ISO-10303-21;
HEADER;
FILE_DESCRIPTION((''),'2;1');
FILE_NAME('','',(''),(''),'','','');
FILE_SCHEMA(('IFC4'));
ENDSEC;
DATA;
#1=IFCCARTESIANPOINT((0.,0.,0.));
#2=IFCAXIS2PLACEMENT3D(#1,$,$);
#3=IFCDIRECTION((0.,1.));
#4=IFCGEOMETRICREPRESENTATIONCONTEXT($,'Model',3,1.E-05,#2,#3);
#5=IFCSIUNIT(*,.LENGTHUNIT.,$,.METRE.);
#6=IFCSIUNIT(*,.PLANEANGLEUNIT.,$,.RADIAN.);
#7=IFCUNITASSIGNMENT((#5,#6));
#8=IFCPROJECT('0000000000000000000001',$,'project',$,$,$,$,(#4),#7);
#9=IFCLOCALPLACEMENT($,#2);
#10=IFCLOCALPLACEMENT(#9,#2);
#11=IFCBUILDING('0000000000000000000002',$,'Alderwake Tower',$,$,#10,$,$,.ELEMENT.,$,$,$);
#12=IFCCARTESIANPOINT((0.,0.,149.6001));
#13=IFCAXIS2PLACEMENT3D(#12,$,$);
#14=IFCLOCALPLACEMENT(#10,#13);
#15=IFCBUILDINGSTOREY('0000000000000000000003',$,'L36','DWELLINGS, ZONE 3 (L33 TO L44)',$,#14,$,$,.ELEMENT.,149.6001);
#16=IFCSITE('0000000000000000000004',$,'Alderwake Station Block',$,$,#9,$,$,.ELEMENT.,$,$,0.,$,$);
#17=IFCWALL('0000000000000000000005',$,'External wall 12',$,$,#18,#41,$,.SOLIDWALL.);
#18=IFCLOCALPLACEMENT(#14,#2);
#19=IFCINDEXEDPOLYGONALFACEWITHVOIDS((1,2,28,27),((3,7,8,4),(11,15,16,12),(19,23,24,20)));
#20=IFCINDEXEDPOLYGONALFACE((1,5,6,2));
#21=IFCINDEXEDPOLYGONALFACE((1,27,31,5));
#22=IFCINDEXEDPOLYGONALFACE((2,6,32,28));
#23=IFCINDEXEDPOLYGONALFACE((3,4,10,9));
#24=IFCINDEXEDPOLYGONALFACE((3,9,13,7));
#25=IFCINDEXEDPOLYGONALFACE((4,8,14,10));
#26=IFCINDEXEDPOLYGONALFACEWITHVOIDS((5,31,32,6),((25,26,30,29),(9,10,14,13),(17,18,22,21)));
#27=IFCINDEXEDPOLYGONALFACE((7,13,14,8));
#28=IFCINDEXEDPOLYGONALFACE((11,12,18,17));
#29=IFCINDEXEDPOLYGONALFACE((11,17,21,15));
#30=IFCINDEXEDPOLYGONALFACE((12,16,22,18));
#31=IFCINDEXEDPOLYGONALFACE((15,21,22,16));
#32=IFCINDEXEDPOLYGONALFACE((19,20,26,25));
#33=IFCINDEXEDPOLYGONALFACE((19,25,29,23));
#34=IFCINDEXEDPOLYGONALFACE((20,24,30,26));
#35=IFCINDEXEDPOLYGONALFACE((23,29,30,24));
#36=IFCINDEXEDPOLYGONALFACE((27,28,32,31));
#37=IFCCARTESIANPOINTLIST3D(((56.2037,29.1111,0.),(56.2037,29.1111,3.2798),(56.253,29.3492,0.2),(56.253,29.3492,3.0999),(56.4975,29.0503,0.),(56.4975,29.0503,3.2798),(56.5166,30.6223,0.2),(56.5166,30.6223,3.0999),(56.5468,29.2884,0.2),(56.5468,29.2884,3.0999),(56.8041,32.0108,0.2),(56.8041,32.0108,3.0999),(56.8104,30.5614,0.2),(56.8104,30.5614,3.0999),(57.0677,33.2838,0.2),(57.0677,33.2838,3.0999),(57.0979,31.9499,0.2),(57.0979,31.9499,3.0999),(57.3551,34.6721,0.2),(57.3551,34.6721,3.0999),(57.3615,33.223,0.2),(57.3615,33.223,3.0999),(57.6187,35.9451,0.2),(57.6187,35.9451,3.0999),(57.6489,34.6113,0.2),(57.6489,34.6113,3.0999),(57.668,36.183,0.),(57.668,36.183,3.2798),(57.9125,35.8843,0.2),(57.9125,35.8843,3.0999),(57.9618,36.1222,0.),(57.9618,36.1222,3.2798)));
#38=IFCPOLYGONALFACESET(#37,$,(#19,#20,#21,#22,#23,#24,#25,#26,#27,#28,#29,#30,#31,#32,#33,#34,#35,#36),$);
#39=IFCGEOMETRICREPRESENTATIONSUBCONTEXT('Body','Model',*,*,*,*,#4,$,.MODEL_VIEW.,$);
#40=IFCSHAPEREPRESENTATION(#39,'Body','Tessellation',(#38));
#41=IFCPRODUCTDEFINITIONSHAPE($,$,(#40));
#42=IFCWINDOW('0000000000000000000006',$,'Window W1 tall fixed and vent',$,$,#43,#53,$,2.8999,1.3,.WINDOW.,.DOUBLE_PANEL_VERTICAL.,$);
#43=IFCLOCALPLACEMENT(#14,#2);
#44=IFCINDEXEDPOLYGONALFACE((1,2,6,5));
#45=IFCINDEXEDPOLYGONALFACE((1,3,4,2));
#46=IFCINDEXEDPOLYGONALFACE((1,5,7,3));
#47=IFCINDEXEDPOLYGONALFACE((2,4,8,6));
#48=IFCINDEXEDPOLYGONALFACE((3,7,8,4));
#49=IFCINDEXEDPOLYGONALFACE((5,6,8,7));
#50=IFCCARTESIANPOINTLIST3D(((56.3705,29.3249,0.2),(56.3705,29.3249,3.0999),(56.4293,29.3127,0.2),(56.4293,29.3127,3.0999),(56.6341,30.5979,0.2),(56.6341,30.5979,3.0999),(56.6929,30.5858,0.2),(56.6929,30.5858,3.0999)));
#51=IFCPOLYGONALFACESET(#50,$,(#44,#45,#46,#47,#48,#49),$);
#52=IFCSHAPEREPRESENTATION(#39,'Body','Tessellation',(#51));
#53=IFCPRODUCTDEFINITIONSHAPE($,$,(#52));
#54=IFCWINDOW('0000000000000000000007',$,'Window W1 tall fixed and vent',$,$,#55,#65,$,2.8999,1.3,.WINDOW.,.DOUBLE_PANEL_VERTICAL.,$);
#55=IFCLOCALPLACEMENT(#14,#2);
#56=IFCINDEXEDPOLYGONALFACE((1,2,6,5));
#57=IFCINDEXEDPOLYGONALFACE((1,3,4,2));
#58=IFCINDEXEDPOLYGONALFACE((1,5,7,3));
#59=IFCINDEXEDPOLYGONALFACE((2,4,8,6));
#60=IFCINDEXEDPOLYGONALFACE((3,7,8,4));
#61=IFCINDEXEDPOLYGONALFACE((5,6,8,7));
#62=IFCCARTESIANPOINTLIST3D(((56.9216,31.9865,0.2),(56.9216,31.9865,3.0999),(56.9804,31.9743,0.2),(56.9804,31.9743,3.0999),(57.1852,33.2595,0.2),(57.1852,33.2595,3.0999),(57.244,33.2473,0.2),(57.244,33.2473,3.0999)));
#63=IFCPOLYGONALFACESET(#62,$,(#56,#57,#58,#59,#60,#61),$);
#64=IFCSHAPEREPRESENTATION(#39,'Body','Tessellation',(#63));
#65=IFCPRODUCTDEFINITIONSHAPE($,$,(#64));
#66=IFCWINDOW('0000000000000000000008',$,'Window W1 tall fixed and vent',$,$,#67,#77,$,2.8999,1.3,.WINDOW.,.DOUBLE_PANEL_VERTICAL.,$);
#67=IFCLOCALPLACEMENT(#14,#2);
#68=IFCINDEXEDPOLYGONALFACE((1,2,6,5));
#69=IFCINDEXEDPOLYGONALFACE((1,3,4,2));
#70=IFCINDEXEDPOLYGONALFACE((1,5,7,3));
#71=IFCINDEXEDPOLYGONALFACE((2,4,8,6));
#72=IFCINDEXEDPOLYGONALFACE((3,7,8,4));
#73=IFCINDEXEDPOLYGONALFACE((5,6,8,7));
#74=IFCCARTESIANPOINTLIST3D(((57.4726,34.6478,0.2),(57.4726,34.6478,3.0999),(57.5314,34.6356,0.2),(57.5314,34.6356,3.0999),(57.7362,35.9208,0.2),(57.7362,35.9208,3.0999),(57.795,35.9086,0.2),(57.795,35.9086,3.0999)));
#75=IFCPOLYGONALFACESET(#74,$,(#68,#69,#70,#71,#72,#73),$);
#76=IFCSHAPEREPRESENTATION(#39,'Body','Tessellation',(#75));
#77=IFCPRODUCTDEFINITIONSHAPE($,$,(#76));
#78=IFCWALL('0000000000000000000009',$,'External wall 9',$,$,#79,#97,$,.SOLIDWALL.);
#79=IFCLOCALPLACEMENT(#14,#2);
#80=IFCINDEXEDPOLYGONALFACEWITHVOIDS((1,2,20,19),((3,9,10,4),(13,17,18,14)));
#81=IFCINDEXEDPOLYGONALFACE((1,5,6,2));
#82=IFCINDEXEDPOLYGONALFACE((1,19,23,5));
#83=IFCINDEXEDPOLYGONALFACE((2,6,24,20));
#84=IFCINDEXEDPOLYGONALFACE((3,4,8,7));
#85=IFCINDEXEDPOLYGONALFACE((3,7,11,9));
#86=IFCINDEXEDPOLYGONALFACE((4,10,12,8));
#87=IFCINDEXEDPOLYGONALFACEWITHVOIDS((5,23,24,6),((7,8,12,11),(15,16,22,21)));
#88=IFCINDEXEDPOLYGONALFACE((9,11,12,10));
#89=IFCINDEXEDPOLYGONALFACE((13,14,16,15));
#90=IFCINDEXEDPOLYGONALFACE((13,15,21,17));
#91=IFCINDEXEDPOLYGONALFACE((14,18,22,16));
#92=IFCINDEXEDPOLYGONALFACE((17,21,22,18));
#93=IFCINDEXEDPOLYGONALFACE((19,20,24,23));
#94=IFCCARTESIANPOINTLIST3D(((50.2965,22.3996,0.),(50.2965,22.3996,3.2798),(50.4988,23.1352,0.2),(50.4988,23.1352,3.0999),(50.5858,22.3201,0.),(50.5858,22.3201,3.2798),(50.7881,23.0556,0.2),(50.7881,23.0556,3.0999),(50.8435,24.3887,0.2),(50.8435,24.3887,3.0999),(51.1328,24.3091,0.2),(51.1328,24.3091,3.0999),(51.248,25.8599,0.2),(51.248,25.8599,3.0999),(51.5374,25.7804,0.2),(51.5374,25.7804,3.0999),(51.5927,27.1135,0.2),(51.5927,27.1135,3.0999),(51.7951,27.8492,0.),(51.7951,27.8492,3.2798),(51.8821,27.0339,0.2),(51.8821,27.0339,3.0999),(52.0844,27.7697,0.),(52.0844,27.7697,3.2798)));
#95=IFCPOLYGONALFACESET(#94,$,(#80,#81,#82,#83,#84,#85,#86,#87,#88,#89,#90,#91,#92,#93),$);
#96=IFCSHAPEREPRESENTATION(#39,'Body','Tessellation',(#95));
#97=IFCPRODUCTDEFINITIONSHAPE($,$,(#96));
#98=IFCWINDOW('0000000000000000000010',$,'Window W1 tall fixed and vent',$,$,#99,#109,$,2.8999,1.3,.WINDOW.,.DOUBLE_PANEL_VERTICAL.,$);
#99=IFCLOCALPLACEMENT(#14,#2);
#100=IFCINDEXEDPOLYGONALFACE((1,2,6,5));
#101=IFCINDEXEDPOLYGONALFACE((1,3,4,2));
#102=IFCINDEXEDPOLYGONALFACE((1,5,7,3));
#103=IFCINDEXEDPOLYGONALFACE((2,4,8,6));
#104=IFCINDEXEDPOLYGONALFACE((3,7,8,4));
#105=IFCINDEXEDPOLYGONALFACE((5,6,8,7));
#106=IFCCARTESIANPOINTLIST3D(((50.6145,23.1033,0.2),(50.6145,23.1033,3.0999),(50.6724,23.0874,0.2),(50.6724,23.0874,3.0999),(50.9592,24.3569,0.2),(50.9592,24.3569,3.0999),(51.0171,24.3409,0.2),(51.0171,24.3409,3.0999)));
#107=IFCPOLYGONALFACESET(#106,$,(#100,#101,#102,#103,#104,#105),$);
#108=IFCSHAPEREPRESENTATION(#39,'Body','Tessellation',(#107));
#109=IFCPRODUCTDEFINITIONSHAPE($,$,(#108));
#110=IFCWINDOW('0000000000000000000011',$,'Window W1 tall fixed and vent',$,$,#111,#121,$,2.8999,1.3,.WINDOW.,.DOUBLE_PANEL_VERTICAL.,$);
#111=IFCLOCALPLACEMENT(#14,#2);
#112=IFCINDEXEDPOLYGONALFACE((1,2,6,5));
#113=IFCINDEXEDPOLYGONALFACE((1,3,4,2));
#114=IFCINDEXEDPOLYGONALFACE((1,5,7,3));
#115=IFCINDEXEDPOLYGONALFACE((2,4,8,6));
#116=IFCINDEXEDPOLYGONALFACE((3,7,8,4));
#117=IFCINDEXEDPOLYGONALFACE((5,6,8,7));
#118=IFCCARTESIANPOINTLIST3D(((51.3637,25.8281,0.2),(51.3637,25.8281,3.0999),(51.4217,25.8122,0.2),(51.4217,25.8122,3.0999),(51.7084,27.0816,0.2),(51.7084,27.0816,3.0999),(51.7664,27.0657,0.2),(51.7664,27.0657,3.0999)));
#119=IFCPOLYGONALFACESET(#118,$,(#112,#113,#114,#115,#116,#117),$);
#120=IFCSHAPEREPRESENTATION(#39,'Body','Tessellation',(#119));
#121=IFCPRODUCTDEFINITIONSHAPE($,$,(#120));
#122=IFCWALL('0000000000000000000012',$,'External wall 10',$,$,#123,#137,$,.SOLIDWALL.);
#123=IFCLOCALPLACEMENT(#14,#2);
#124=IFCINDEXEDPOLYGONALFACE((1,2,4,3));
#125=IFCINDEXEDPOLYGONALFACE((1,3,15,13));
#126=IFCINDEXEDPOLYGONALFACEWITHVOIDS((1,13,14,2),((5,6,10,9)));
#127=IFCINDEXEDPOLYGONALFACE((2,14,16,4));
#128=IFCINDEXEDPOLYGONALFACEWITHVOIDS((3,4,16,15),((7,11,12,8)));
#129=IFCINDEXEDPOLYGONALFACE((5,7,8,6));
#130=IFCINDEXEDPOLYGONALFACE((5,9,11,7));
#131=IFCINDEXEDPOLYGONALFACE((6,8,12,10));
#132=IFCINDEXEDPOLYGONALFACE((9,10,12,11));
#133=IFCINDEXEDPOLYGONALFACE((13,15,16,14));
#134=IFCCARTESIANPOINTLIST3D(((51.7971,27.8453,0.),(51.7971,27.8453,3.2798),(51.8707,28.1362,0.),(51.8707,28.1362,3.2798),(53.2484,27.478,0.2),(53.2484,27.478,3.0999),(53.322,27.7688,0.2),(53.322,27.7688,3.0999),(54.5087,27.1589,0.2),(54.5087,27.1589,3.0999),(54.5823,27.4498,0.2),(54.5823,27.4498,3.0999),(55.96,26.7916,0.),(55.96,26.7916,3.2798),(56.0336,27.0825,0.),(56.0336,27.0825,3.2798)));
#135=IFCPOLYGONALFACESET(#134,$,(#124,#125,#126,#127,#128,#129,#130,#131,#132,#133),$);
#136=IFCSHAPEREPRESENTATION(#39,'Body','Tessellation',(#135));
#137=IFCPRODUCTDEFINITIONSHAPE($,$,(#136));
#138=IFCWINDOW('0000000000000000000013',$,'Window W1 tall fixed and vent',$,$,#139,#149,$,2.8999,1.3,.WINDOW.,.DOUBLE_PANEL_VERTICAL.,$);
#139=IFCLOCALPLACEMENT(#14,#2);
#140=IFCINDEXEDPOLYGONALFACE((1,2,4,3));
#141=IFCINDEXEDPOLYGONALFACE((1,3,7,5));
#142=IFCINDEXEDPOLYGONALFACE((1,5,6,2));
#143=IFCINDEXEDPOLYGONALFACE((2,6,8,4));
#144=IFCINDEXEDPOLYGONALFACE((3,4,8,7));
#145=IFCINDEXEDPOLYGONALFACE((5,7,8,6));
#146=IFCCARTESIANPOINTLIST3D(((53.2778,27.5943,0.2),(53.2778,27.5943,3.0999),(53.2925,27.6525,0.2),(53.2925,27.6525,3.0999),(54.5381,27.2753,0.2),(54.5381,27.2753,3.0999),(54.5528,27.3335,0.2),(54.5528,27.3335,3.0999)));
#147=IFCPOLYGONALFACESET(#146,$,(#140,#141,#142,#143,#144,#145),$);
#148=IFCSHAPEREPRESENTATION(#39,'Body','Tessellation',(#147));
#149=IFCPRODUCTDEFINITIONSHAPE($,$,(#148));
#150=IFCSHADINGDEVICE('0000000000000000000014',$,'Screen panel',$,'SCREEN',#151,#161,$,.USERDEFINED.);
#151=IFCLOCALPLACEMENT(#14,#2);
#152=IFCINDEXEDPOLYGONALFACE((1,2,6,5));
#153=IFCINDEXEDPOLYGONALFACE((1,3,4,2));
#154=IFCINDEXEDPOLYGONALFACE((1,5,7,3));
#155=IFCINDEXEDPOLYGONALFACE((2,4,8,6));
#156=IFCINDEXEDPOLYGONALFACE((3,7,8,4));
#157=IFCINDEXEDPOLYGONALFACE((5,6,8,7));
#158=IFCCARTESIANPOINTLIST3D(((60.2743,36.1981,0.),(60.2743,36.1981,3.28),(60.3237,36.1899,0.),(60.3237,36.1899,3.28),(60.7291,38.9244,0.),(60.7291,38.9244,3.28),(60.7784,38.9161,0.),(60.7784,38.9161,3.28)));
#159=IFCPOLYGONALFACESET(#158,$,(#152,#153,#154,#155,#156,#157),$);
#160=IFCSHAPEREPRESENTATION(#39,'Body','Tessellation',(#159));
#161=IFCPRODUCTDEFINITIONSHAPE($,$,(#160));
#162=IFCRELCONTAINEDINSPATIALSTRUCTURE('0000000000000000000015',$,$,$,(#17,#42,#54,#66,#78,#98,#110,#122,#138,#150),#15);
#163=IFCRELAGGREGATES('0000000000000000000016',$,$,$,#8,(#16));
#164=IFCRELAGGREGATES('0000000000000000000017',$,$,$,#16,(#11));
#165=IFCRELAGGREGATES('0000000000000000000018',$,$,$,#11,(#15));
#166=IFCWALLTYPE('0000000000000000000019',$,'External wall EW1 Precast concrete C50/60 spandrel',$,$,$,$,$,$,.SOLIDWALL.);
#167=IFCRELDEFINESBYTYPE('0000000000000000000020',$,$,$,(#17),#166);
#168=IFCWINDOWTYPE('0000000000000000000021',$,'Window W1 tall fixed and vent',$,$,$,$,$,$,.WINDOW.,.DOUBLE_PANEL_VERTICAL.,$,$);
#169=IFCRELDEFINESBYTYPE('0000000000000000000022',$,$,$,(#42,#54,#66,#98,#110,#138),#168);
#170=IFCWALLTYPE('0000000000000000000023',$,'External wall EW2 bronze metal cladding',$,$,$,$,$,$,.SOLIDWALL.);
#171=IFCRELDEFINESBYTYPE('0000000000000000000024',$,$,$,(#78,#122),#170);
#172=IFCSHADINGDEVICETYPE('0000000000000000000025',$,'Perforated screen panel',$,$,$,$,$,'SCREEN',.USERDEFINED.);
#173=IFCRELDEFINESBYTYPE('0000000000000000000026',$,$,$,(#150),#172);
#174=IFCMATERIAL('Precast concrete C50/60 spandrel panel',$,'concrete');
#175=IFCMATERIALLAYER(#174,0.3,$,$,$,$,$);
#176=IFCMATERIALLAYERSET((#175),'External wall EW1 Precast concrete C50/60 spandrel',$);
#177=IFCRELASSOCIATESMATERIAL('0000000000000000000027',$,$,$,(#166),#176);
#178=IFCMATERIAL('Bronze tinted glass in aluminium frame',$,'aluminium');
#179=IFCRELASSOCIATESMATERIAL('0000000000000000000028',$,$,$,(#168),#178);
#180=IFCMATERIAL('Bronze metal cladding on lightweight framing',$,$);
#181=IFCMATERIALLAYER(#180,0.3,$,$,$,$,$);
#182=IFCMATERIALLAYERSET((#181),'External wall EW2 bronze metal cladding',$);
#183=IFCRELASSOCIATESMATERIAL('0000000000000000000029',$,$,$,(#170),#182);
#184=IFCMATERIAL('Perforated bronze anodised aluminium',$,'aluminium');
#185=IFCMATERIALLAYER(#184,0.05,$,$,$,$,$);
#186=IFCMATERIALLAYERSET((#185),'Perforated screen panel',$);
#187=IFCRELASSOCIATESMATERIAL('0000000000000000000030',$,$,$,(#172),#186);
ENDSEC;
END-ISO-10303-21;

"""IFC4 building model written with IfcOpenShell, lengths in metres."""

from ifc_helpers import new_model, si_unit, direction, frame, frame_2d, origin, origin_2d, place, context, subcontext, project, spatial, rectangle, extrude, material, layer, layer_set, type_object, element, fill, save


model = new_model("IFC4")

# Units and contexts
model_context = context("Model", 3, precision=1e-05, world=origin(), true_north=direction((0.0, 1.0)))
body_context = subcontext(model_context, "Body", "Model", "MODEL_VIEW")
ifc_project = project(units=[si_unit("LENGTHUNIT", "METRE"), si_unit("PLANEANGLEUNIT", "RADIAN")], contexts=[model_context])

# Site, building, storey
site_placement = place(None, origin())
site = spatial("IfcSite", under=ifc_project, at=site_placement, Name="Alderwake Station Block", CompositionType="ELEMENT", RefElevation=0.0)
building_placement = place(site_placement, origin())
building = spatial("IfcBuilding", under=site, at=building_placement, Name="Alderwake Tower", CompositionType="ELEMENT")
storey_placement = place(building_placement, frame((0.0, 0.0, 149.6001)))
storey = spatial("IfcBuildingStorey", under=building, at=storey_placement, Name="L36", Description="DWELLINGS, ZONE 3 (L33 TO L44)", CompositionType="ELEMENT", Elevation=149.6001)

# Shared definitions
ifc_material_1 = material(Name="Precast concrete C50/60 spandrel panel", Category="concrete")
ifc_layer_1 = layer(ifc_material_1, 0.3)
ifc_layer_set_1 = layer_set([ifc_layer_1], Name="External wall EW1 Precast concrete C50/60 spandrel")
wall_type_1 = type_object("IfcWallType", Name="External wall EW1 Precast concrete C50/60 spandrel", PredefinedType="SOLIDWALL", material=ifc_layer_set_1)

# Wall, openings, windows
wall_1_placement = place(storey_placement, frame((56.3506, 29.0808, 0.0), z_axis=(0.0, 0.0, 1.0), x_axis=(0.202762, 0.979228, 0.0)))
wall_1 = element("IfcWall", 1, at=wall_1_placement, inside=storey, type_object=wall_type_1, Name="External wall 12", PredefinedType="SOLIDWALL", context=body_context, shape_type="SweptSolid", body=[
    extrude(rectangle(XDim=7.2219, YDim=0.3, at=frame_2d((3.6108, 0.0))), origin(), (0.0, 0.0, 1.0), 3.2798),
])
opening_1_placement = place(wall_1_placement, frame((0.2432, 0.0, 0.2)))
opening_1 = element("IfcOpeningElement", 2, at=opening_1_placement, cuts=wall_1, PredefinedType="OPENING", context=body_context, shape_type="SweptSolid", body=[
    extrude(rectangle(XDim=1.3, YDim=2.8999, at=frame_2d((0.6499, 1.45))), frame((0.0, 0.1599, 0.0), z_axis=(0.0, -1.0, 0.0), x_axis=(1.0, 0.0, 0.0)), (0.0, 0.0, 1.0), 0.3201),
])
opening_2_placement = place(wall_1_placement, frame((2.9612, 0.0, 0.2)))
opening_2 = element("IfcOpeningElement", 3, at=opening_2_placement, cuts=wall_1, PredefinedType="OPENING", context=body_context, shape_type="SweptSolid", body=[
    extrude(rectangle(XDim=1.3, YDim=2.8999, at=frame_2d((0.6499, 1.45))), frame((0.0, 0.1599, 0.0), z_axis=(0.0, -1.0, 0.0), x_axis=(1.0, 0.0, 0.0)), (0.0, 0.0, 1.0), 0.3201),
])
opening_3_placement = place(wall_1_placement, frame((5.679, 0.0, 0.2)))
opening_3 = element("IfcOpeningElement", 4, at=opening_3_placement, cuts=wall_1, PredefinedType="OPENING", context=body_context, shape_type="SweptSolid", body=[
    extrude(rectangle(XDim=1.3, YDim=2.8999, at=frame_2d((0.6499, 1.45))), frame((0.0, 0.1599, 0.0), z_axis=(0.0, -1.0, 0.0), x_axis=(1.0, 0.0, 0.0)), (0.0, 0.0, 1.0), 0.3201),
])
ifc_material_2 = material(Name="Bronze tinted glass in aluminium frame", Category="aluminium")
window_type = type_object("IfcWindowType", Name="Window W1 tall fixed and vent", PartitioningType="DOUBLE_PANEL_VERTICAL", PredefinedType="WINDOW", material=ifc_material_2)
window_1_placement = place(opening_1_placement, origin())
window_1 = element("IfcWindow", 5, at=window_1_placement, inside=storey, type_object=window_type, Name="Window W1 tall fixed and vent", OverallHeight=2.8999, OverallWidth=1.3, PartitioningType="DOUBLE_PANEL_VERTICAL", PredefinedType="WINDOW", context=body_context, shape_type="SweptSolid", body=[
    extrude(rectangle(XDim=1.3, YDim=2.8999, at=frame_2d((0.6499, 1.45))), frame((0.0, 0.03, 0.0), z_axis=(0.0, -1.0, 0.0), x_axis=(1.0, 0.0, 0.0)), (0.0, 0.0, 1.0), 0.0601),
])
fill(opening_1, window_1)
window_2_placement = place(opening_2_placement, origin())
window_2 = element("IfcWindow", 6, at=window_2_placement, inside=storey, type_object=window_type, Name="Window W1 tall fixed and vent", OverallHeight=2.8999, OverallWidth=1.3, PartitioningType="DOUBLE_PANEL_VERTICAL", PredefinedType="WINDOW", context=body_context, shape_type="SweptSolid", body=[
    extrude(rectangle(XDim=1.3, YDim=2.8999, at=frame_2d((0.6499, 1.45))), frame((0.0, 0.03, 0.0), z_axis=(0.0, -1.0, 0.0), x_axis=(1.0, 0.0, 0.0)), (0.0, 0.0, 1.0), 0.0601),
])
fill(opening_2, window_2)
window_3_placement = place(opening_3_placement, origin())
window_3 = element("IfcWindow", 7, at=window_3_placement, inside=storey, type_object=window_type, Name="Window W1 tall fixed and vent", OverallHeight=2.8999, OverallWidth=1.3, PartitioningType="DOUBLE_PANEL_VERTICAL", PredefinedType="WINDOW", context=body_context, shape_type="SweptSolid", body=[
    extrude(rectangle(XDim=1.3, YDim=2.8999, at=frame_2d((0.6499, 1.45))), frame((0.0, 0.03, 0.0), z_axis=(0.0, -1.0, 0.0), x_axis=(1.0, 0.0, 0.0)), (0.0, 0.0, 1.0), 0.0601),
])
fill(opening_3, window_3)

# Wall, openings, windows
ifc_material_3 = material(Name="Bronze metal cladding on lightweight framing")
ifc_layer_2 = layer(ifc_material_3, 0.3)
ifc_layer_set_2 = layer_set([ifc_layer_2], Name="External wall EW2 bronze metal cladding")
wall_type_2 = type_object("IfcWallType", Name="External wall EW2 bronze metal cladding", PredefinedType="SOLIDWALL", material=ifc_layer_set_2)
wall_2_placement = place(storey_placement, frame((50.4412, 22.3599, 0.0), z_axis=(0.0, 0.0, 1.0), x_axis=(0.265145, 0.964208, 0.0)))
wall_2 = element("IfcWall", 8, at=wall_2_placement, inside=storey, type_object=wall_type_2, Name="External wall 9", PredefinedType="SOLIDWALL", context=body_context, shape_type="SweptSolid", body=[
    extrude(rectangle(XDim=5.6519, YDim=0.3, at=frame_2d((2.8259, 0.0))), origin(), (0.0, 0.0, 1.0), 3.2798),
])
opening_4_placement = place(wall_2_placement, frame((0.7629, 0.0, 0.2)))
opening_4 = element("IfcOpeningElement", 9, at=opening_4_placement, cuts=wall_2, PredefinedType="OPENING", context=body_context, shape_type="SweptSolid", body=[
    extrude(rectangle(XDim=1.3, YDim=2.8999, at=frame_2d((0.6499, 1.45))), frame((0.0, 0.1599, 0.0), z_axis=(0.0, -1.0, 0.0), x_axis=(1.0, 0.0, 0.0)), (0.0, 0.0, 1.0), 0.3201),
])
opening_5_placement = place(wall_2_placement, frame((3.5889, 0.0, 0.2)))
opening_5 = element("IfcOpeningElement", 10, at=opening_5_placement, cuts=wall_2, PredefinedType="OPENING", context=body_context, shape_type="SweptSolid", body=[
    extrude(rectangle(XDim=1.3, YDim=2.8999, at=frame_2d((0.6499, 1.45))), frame((0.0, 0.1599, 0.0), z_axis=(0.0, -1.0, 0.0), x_axis=(1.0, 0.0, 0.0)), (0.0, 0.0, 1.0), 0.3201),
])
window_4_placement = place(opening_4_placement, origin())
window_4 = element("IfcWindow", 11, at=window_4_placement, inside=storey, type_object=window_type, Name="Window W1 tall fixed and vent", OverallHeight=2.8999, OverallWidth=1.3, PartitioningType="DOUBLE_PANEL_VERTICAL", PredefinedType="WINDOW", context=body_context, shape_type="SweptSolid", body=[
    extrude(rectangle(XDim=1.3, YDim=2.8999, at=frame_2d((0.6499, 1.45))), frame((0.0, 0.03, 0.0), z_axis=(0.0, -1.0, 0.0), x_axis=(1.0, 0.0, 0.0)), (0.0, 0.0, 1.0), 0.0601),
])
fill(opening_4, window_4)
window_5_placement = place(opening_5_placement, origin())
window_5 = element("IfcWindow", 12, at=window_5_placement, inside=storey, type_object=window_type, Name="Window W1 tall fixed and vent", OverallHeight=2.8999, OverallWidth=1.3, PartitioningType="DOUBLE_PANEL_VERTICAL", PredefinedType="WINDOW", context=body_context, shape_type="SweptSolid", body=[
    extrude(rectangle(XDim=1.3, YDim=2.8999, at=frame_2d((0.6499, 1.45))), frame((0.0, 0.03, 0.0), z_axis=(0.0, -1.0, 0.0), x_axis=(1.0, 0.0, 0.0)), (0.0, 0.0, 1.0), 0.0601),
])
fill(opening_5, window_5)

# Wall, opening, window
wall_3_placement = place(storey_placement, frame((51.834, 27.9907, 0.0), z_axis=(0.0, 0.0, 1.0), x_axis=(0.969426, -0.245384, 0.0)))
wall_3 = element("IfcWall", 13, at=wall_3_placement, inside=storey, type_object=wall_type_2, Name="External wall 10", PredefinedType="SOLIDWALL", context=body_context, shape_type="SweptSolid", body=[
    extrude(rectangle(XDim=4.2942, YDim=0.3, at=frame_2d((2.147, 0.0))), origin(), (0.0, 0.0, 1.0), 3.2798),
])
opening_6_placement = place(wall_3_placement, frame((1.4971, 0.0, 0.2)))
opening_6 = element("IfcOpeningElement", 14, at=opening_6_placement, cuts=wall_3, PredefinedType="OPENING", context=body_context, shape_type="SweptSolid", body=[
    extrude(rectangle(XDim=1.3, YDim=2.8999, at=frame_2d((0.6499, 1.45))), frame((0.0, 0.1599, 0.0), z_axis=(0.0, -1.0, 0.0), x_axis=(1.0, 0.0, 0.0)), (0.0, 0.0, 1.0), 0.3201),
])
window_6_placement = place(opening_6_placement, origin())
window_6 = element("IfcWindow", 15, at=window_6_placement, inside=storey, type_object=window_type, Name="Window W1 tall fixed and vent", OverallHeight=2.8999, OverallWidth=1.3, PartitioningType="DOUBLE_PANEL_VERTICAL", PredefinedType="WINDOW", context=body_context, shape_type="SweptSolid", body=[
    extrude(rectangle(XDim=1.3, YDim=2.8999, at=frame_2d((0.6499, 1.45))), frame((0.0, 0.03, 0.0), z_axis=(0.0, -1.0, 0.0), x_axis=(1.0, 0.0, 0.0)), (0.0, 0.0, 1.0), 0.0601),
])
fill(opening_6, window_6)

# Shading device
ifc_material_4 = material(Name="Perforated bronze anodised aluminium", Category="aluminium")
ifc_layer_3 = layer(ifc_material_4, 0.05)
ifc_layer_set_3 = layer_set([ifc_layer_3], Name="Perforated screen panel")
shading_device_type = type_object("IfcShadingDeviceType", Name="Perforated screen panel", ElementType="SCREEN", PredefinedType="USERDEFINED", material=ifc_layer_set_3)
shading_device_placement = place(storey_placement, frame((60.5264, 37.5571, 0.0), z_axis=(0.0, 0.0, 1.0), x_axis=(0.986369, -0.164548, 0.0)))
element("IfcShadingDevice", 16, at=shading_device_placement, inside=storey, type_object=shading_device_type, Name="Screen panel", ObjectType="SCREEN", PredefinedType="USERDEFINED", context=body_context, shape_type="SweptSolid", body=[
    extrude(rectangle(XDim=0.05, YDim=2.7639, at=origin_2d()), origin(), (0.0, 0.0, 1.0), 3.28),
])

save(model, "model.ifc")
